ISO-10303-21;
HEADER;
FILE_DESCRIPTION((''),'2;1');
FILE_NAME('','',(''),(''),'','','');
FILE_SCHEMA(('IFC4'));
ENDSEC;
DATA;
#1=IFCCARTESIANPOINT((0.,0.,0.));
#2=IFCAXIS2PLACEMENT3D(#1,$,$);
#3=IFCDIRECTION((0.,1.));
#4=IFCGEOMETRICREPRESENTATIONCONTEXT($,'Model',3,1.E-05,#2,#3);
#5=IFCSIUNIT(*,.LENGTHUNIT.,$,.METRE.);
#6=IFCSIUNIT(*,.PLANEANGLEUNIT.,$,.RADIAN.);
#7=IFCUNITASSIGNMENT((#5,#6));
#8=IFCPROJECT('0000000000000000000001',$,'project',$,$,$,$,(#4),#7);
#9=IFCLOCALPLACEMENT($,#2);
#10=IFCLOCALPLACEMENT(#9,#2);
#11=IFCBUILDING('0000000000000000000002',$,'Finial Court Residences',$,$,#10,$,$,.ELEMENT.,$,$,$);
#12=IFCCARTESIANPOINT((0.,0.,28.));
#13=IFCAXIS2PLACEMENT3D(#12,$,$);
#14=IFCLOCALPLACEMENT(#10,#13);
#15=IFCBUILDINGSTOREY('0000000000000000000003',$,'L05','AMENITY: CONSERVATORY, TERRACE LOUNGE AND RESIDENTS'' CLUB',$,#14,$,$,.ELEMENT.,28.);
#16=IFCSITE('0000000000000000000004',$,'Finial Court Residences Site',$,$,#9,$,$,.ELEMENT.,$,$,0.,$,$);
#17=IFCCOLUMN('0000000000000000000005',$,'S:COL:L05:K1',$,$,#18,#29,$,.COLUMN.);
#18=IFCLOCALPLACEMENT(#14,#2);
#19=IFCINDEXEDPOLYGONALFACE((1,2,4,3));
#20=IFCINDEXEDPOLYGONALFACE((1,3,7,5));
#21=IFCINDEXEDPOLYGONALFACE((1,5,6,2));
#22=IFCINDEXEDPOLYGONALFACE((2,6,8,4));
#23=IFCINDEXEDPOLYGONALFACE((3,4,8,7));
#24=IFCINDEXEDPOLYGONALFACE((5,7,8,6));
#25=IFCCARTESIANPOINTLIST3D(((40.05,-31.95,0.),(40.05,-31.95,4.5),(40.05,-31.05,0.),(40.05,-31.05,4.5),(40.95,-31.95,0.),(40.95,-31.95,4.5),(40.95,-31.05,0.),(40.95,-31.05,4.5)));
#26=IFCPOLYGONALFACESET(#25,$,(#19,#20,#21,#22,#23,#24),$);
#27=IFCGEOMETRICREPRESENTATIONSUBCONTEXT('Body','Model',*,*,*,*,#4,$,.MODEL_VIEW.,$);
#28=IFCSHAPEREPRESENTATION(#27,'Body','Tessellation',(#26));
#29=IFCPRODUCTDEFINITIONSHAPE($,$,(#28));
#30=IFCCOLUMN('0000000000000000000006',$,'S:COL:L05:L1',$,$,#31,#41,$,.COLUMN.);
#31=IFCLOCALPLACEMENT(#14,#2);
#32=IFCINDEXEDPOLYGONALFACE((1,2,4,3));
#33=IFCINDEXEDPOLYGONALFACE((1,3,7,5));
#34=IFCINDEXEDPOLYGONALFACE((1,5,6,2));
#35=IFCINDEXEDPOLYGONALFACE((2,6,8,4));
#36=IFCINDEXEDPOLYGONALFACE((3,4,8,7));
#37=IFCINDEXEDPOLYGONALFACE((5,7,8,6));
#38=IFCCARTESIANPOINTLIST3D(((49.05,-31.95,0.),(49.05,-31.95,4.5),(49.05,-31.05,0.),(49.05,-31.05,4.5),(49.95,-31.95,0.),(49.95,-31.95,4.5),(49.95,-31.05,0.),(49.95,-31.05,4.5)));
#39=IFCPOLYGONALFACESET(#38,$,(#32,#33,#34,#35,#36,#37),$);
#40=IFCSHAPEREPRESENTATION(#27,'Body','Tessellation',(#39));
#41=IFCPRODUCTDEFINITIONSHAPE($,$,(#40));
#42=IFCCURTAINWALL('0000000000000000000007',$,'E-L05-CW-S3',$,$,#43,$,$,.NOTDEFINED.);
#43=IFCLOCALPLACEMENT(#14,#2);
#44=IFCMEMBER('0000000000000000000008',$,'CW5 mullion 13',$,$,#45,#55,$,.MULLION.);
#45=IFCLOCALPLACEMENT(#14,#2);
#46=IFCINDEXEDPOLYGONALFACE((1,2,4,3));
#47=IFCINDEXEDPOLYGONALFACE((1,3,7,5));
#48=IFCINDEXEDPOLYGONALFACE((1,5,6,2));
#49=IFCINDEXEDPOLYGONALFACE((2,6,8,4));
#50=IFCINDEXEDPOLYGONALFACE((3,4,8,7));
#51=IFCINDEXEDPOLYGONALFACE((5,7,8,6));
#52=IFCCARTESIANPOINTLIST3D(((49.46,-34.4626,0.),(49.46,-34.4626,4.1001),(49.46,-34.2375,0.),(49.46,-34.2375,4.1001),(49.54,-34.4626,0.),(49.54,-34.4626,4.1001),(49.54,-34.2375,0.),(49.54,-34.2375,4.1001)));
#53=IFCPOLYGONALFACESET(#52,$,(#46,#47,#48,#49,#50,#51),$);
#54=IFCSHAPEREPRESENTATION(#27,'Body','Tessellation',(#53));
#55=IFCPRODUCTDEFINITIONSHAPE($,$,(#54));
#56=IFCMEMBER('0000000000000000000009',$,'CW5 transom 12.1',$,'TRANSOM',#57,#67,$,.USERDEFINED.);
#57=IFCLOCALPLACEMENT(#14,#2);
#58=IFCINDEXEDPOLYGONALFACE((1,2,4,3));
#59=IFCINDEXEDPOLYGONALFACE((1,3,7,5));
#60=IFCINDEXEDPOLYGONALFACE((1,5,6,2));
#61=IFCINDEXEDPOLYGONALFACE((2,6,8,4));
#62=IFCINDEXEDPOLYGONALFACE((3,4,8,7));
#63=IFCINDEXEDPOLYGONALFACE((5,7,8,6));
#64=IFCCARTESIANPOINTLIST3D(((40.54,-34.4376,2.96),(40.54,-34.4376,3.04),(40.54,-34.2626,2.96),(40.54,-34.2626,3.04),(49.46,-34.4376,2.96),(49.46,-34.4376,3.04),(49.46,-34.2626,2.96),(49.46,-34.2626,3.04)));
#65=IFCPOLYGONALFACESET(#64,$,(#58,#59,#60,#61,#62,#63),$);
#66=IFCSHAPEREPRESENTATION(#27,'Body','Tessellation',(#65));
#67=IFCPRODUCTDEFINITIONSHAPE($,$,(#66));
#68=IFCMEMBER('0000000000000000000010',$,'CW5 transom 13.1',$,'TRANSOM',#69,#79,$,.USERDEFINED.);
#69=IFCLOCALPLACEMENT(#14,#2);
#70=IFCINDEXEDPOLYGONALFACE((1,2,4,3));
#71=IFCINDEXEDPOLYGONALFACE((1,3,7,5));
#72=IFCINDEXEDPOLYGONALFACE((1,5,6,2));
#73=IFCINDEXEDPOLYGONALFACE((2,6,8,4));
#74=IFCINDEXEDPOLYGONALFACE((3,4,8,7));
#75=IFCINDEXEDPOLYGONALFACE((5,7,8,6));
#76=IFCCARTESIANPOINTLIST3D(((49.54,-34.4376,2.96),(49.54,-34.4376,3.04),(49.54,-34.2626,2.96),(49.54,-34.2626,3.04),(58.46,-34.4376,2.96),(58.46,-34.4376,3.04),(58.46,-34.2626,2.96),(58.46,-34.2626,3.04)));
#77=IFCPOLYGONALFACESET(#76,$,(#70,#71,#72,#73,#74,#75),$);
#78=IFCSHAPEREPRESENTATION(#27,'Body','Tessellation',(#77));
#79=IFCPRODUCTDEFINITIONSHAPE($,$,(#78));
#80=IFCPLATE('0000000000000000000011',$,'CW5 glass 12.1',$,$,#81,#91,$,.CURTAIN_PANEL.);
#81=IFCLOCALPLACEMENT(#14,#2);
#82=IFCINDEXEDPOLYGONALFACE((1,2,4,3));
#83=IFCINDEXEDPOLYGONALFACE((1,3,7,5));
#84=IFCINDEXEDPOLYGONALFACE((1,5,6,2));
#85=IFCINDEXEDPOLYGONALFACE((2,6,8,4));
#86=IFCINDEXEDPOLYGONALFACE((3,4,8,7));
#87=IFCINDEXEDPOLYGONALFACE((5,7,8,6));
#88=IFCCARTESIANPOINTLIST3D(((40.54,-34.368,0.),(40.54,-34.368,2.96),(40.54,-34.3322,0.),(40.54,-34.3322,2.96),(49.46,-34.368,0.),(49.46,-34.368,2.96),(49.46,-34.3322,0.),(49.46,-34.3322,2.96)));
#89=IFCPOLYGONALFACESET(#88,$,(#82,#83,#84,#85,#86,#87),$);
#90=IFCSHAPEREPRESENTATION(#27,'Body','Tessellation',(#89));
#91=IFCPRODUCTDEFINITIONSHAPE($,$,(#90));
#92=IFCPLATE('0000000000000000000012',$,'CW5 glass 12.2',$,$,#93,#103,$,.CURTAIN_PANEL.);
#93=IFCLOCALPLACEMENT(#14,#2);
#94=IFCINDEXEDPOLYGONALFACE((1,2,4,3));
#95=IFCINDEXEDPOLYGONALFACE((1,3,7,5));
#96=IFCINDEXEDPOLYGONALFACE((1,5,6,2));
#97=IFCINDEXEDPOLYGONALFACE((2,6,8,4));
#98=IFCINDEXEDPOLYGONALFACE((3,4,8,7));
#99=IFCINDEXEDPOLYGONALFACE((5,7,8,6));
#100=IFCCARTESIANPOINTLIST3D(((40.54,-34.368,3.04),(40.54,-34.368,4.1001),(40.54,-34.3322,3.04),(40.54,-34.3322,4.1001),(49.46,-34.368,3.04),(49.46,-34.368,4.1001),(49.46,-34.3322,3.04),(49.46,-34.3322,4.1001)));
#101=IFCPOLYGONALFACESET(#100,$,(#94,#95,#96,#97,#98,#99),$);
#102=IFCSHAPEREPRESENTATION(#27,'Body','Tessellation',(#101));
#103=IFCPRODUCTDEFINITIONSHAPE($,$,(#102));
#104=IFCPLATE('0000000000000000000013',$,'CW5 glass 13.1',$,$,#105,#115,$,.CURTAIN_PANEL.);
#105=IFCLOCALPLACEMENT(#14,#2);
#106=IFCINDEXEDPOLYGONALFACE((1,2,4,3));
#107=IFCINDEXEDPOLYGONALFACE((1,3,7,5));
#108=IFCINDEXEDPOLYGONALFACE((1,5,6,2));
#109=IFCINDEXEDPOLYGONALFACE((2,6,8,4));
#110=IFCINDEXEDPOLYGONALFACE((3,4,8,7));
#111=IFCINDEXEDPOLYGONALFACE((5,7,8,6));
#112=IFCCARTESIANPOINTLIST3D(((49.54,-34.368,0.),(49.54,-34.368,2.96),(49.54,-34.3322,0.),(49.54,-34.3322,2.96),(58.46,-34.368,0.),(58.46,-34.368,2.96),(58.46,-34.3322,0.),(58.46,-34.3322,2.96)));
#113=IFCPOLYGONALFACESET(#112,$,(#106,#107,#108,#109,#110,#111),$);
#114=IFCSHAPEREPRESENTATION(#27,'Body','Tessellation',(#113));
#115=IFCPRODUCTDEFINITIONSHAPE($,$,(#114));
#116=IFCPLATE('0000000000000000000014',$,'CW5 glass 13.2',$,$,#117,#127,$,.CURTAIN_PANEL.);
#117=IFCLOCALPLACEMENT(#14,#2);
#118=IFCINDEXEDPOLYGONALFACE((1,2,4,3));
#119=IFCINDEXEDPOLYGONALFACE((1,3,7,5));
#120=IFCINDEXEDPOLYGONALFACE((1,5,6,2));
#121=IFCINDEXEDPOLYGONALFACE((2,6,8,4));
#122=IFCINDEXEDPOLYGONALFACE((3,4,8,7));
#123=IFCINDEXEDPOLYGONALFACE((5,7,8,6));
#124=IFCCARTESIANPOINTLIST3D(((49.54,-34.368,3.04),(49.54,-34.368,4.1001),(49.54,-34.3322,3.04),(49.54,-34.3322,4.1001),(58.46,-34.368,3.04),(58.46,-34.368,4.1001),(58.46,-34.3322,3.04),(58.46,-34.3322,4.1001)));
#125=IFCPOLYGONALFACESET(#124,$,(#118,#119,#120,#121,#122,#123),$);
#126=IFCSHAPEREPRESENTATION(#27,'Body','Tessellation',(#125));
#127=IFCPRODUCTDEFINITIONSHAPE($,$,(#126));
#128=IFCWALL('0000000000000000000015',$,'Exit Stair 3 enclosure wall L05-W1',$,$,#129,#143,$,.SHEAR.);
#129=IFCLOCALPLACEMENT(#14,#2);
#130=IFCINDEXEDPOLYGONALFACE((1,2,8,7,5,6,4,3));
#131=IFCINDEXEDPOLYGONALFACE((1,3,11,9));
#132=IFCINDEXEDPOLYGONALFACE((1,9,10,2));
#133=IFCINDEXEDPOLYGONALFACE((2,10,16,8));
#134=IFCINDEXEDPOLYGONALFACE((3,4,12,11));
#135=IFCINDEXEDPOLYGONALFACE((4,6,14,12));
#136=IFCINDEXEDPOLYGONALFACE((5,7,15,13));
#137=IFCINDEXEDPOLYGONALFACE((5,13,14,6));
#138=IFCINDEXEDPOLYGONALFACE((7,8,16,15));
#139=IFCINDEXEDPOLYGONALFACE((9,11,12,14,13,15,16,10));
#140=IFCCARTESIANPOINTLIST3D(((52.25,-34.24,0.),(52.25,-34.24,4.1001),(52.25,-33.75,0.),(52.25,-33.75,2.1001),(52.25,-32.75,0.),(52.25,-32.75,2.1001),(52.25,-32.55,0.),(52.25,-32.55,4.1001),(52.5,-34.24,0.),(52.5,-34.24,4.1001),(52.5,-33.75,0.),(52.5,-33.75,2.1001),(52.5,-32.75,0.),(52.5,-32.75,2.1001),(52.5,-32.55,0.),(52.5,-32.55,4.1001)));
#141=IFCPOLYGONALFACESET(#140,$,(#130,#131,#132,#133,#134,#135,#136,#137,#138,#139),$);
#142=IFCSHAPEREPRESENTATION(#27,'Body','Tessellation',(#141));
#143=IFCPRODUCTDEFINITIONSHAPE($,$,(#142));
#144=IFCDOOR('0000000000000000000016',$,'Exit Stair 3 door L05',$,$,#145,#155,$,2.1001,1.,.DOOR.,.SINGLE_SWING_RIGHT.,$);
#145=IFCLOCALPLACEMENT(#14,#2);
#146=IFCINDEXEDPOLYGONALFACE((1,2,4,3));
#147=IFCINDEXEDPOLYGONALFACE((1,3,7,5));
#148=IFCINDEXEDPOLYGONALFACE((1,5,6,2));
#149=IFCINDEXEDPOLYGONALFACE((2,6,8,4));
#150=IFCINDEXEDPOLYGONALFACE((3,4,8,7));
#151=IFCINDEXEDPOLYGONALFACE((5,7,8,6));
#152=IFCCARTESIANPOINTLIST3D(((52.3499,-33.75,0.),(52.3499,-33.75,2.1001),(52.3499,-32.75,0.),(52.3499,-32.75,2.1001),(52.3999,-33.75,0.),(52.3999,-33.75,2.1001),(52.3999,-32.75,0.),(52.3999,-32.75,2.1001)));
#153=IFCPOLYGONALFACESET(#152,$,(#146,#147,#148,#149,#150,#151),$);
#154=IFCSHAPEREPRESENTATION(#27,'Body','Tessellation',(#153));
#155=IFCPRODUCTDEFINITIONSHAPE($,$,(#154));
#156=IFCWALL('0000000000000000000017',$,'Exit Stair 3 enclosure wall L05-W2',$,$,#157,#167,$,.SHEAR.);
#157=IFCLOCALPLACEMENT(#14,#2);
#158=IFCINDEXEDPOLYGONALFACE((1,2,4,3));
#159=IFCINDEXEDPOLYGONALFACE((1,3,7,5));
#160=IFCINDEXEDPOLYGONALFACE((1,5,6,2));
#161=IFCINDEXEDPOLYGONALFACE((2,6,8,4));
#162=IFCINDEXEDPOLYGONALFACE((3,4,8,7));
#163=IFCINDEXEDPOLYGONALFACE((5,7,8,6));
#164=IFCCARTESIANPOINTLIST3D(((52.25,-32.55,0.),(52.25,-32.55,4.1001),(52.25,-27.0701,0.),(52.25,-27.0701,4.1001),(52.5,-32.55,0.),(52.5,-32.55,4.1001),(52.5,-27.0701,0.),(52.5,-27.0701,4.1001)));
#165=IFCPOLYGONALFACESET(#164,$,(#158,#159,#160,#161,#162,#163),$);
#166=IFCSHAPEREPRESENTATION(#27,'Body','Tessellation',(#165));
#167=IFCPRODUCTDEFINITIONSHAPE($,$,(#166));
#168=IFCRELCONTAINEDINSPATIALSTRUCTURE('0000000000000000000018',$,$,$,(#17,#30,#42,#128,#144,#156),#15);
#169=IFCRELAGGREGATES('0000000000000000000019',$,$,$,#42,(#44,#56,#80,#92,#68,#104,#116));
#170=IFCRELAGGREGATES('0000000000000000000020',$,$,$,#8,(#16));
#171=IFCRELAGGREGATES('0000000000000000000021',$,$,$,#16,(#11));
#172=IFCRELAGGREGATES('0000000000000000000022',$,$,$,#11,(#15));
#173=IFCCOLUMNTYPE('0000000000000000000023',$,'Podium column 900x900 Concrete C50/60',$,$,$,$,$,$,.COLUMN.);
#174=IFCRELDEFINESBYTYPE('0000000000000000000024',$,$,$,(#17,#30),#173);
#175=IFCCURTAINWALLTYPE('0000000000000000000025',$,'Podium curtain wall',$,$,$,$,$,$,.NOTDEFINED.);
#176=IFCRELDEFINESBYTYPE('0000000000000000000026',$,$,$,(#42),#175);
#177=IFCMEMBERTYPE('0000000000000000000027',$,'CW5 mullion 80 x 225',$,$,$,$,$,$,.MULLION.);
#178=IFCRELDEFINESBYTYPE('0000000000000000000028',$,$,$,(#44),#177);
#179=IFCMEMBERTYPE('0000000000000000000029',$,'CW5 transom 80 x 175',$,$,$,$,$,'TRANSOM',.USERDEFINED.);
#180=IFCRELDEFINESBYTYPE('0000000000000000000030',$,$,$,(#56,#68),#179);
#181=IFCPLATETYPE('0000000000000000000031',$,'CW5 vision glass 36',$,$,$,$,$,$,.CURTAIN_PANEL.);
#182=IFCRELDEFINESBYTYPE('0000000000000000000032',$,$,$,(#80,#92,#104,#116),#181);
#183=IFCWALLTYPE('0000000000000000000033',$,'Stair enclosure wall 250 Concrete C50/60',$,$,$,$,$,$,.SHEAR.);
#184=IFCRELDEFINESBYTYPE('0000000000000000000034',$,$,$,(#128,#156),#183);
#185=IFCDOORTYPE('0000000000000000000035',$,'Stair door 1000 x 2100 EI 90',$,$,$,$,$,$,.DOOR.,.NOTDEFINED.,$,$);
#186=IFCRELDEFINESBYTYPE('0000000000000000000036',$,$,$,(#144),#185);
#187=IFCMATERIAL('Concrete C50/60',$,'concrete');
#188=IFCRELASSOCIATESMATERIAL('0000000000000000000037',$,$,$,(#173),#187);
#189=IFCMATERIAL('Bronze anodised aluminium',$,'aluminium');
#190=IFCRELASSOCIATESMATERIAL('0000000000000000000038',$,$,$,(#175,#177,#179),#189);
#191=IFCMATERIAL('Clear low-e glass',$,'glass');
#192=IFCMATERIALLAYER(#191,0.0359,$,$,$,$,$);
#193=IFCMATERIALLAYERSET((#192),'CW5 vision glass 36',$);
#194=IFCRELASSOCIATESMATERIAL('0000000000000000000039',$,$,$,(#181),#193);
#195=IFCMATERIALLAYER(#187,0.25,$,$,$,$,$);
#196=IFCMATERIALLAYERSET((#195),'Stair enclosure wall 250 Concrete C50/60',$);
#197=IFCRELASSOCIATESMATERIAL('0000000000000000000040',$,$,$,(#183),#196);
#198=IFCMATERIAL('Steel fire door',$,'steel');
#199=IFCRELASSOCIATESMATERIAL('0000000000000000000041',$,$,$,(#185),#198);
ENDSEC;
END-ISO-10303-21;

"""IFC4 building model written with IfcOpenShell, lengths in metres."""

from ifc_helpers import new_model, si_unit, direction, frame, frame_2d, origin, origin_2d, place, context, subcontext, project, spatial, rectangle, extrude, material, layer, layer_set, material_profile, profile_set, type_object, element, fill, aggregate, save


model = new_model("IFC4")

# Units and contexts
model_context = context("Model", 3, precision=1e-05, world=origin(), true_north=direction((0.0, 1.0)))
body_context = subcontext(model_context, "Body", "Model", "MODEL_VIEW")
ifc_project = project(units=[si_unit("LENGTHUNIT", "METRE"), si_unit("PLANEANGLEUNIT", "RADIAN")], contexts=[model_context])

# Site, building, storey
site_placement = place(None, origin())
site = spatial("IfcSite", under=ifc_project, at=site_placement, Name="Finial Court Residences Site", CompositionType="ELEMENT", RefElevation=0.0)
building_placement = place(site_placement, origin())
building = spatial("IfcBuilding", under=site, at=building_placement, Name="Finial Court Residences", CompositionType="ELEMENT")
storey_placement = place(building_placement, frame((0.0, 0.0, 28.0)))
storey = spatial("IfcBuildingStorey", under=building, at=storey_placement, Name="L05", Description="AMENITY: CONSERVATORY, TERRACE LOUNGE AND RESIDENTS' CLUB", CompositionType="ELEMENT", Elevation=28.0)

# Columns
ifc_material_1 = material(Name="Concrete C50/60", Category="concrete")
ifc_material_profile_1 = material_profile(ifc_material_1, rectangle(XDim=0.8999, YDim=0.8999, at=origin_2d()), Name="900x900")
ifc_profile_set_1 = profile_set([ifc_material_profile_1], Name="Concrete C50/60")
column_type = type_object("IfcColumnType", Name="Podium column 900x900 Concrete C50/60", PredefinedType="COLUMN", material=ifc_profile_set_1)
for number, where, z_axis, x_axis, name in (
    (1, (40.5, -31.5, 0.0), (0.0, 0.0, 1.0), (1.0, 0.0, 0.0), "S:COL:L05:K1"),
    (2, (49.5, -31.5, 0.0), (0.0, 0.0, 1.0), (1.0, 0.0, 0.0), "S:COL:L05:L1"),
):
    element("IfcColumn", number, at=place(storey_placement, frame(where, z_axis=z_axis, x_axis=x_axis)), inside=storey, type_object=column_type, Name=name, PredefinedType="COLUMN", context=body_context, shape_type="SweptSolid", body=[
        extrude(rectangle(XDim=0.8999, YDim=0.8999, at=origin_2d()), origin(), (0.0, 0.0, 1.0), 4.5),
    ])

# Curtain wall, members, plates
ifc_material_2 = material(Name="Bronze anodised aluminium", Category="aluminium")
curtain_wall_type = type_object("IfcCurtainWallType", Name="Podium curtain wall", PredefinedType="NOTDEFINED", material=ifc_material_2)
curtain_wall_placement = place(storey_placement, origin())
curtain_wall = element("IfcCurtainWall", 3, at=curtain_wall_placement, inside=storey, type_object=curtain_wall_type, Name="E-L05-CW-S3", PredefinedType="NOTDEFINED")
ifc_material_profile_2 = material_profile(ifc_material_2, rectangle(XDim=0.2251, YDim=0.0801, at=origin_2d()), Name="CW5 mullion 80 x 225")
ifc_profile_set_2 = profile_set([ifc_material_profile_2], Name="Bronze anodised aluminium")
member_type_1 = type_object("IfcMemberType", Name="CW5 mullion 80 x 225", PredefinedType="MULLION", material=ifc_profile_set_2)
member_1_placement = place(storey_placement, frame((49.5, -34.3501, 0.0), z_axis=(0.0, 0.0, 1.0), x_axis=(0.0, 1.0, 0.0)))
member_1 = element("IfcMember", 4, at=member_1_placement, type_object=member_type_1, Name="CW5 mullion 13", PredefinedType="MULLION", context=body_context, shape_type="SweptSolid", body=[
    extrude(rectangle(XDim=0.2251, YDim=0.0801, at=origin_2d()), origin(), (0.0, 0.0, 1.0), 4.1001),
])
ifc_material_profile_3 = material_profile(ifc_material_2, rectangle(XDim=0.175, YDim=0.0801, at=origin_2d()), Name="CW5 transom 80 x 175")
ifc_profile_set_3 = profile_set([ifc_material_profile_3], Name="Bronze anodised aluminium")
member_type_2 = type_object("IfcMemberType", Name="CW5 transom 80 x 175", ElementType="TRANSOM", PredefinedType="USERDEFINED", material=ifc_profile_set_3)
member_2_placement = place(storey_placement, frame((40.54, -34.3501, 3.0), z_axis=(1.0, 0.0, 0.0), x_axis=(0.0, 1.0, 0.0)))
member_2 = element("IfcMember", 5, at=member_2_placement, type_object=member_type_2, Name="CW5 transom 12.1", ObjectType="TRANSOM", PredefinedType="USERDEFINED", context=body_context, shape_type="SweptSolid", body=[
    extrude(rectangle(XDim=0.175, YDim=0.0801, at=origin_2d()), origin(), (0.0, 0.0, 1.0), 8.9199),
])
member_3_placement = place(storey_placement, frame((49.54, -34.3501, 3.0), z_axis=(1.0, 0.0, 0.0), x_axis=(0.0, 1.0, 0.0)))
member_3 = element("IfcMember", 6, at=member_3_placement, type_object=member_type_2, Name="CW5 transom 13.1", ObjectType="TRANSOM", PredefinedType="USERDEFINED", context=body_context, shape_type="SweptSolid", body=[
    extrude(rectangle(XDim=0.175, YDim=0.0801, at=origin_2d()), origin(), (0.0, 0.0, 1.0), 8.9199),
])
ifc_material_3 = material(Name="Clear low-e glass", Category="glass")
ifc_layer_1 = layer(ifc_material_3, 0.0359)
ifc_layer_set_1 = layer_set([ifc_layer_1], Name="CW5 vision glass 36")
plate_type = type_object("IfcPlateType", Name="CW5 vision glass 36", PredefinedType="CURTAIN_PANEL", material=ifc_layer_set_1)
plate_1_placement = place(storey_placement, frame((45.0, -34.3501, 0.0), z_axis=(0.0, 0.0, 1.0), x_axis=(1.0, 0.0, 0.0)))
plate_1 = element("IfcPlate", 7, at=plate_1_placement, type_object=plate_type, Name="CW5 glass 12.1", PredefinedType="CURTAIN_PANEL", context=body_context, shape_type="SweptSolid", body=[
    extrude(rectangle(XDim=8.9199, YDim=0.0359, at=origin_2d()), origin(), (0.0, 0.0, 1.0), 2.96),
])
plate_2_placement = place(storey_placement, frame((45.0, -34.3501, 3.04), z_axis=(0.0, 0.0, 1.0), x_axis=(1.0, 0.0, 0.0)))
plate_2 = element("IfcPlate", 8, at=plate_2_placement, type_object=plate_type, Name="CW5 glass 12.2", PredefinedType="CURTAIN_PANEL", context=body_context, shape_type="SweptSolid", body=[
    extrude(rectangle(XDim=8.9199, YDim=0.0359, at=origin_2d()), origin(), (0.0, 0.0, 1.0), 1.0601),
])
plate_3_placement = place(storey_placement, frame((54.0, -34.3501, 0.0), z_axis=(0.0, 0.0, 1.0), x_axis=(1.0, 0.0, 0.0)))
plate_3 = element("IfcPlate", 9, at=plate_3_placement, type_object=plate_type, Name="CW5 glass 13.1", PredefinedType="CURTAIN_PANEL", context=body_context, shape_type="SweptSolid", body=[
    extrude(rectangle(XDim=8.9199, YDim=0.0359, at=origin_2d()), origin(), (0.0, 0.0, 1.0), 2.96),
])
plate_4_placement = place(storey_placement, frame((54.0, -34.3501, 3.04), z_axis=(0.0, 0.0, 1.0), x_axis=(1.0, 0.0, 0.0)))
plate_4 = element("IfcPlate", 10, at=plate_4_placement, type_object=plate_type, Name="CW5 glass 13.2", PredefinedType="CURTAIN_PANEL", context=body_context, shape_type="SweptSolid", body=[
    extrude(rectangle(XDim=8.9199, YDim=0.0359, at=origin_2d()), origin(), (0.0, 0.0, 1.0), 1.0601),
])
aggregate(curtain_wall, [member_1, member_2, plate_1, plate_2, member_3, plate_3, plate_4])

# Wall, opening, door
ifc_layer_2 = layer(ifc_material_1, 0.25)
ifc_layer_set_2 = layer_set([ifc_layer_2], Name="Stair enclosure wall 250 Concrete C50/60")
wall_type = type_object("IfcWallType", Name="Stair enclosure wall 250 Concrete C50/60", PredefinedType="SHEAR", material=ifc_layer_set_2)
wall_1_placement = place(storey_placement, frame((52.375, -32.55, 0.0), z_axis=(0.0, 0.0, 1.0), x_axis=(0.0, -1.0, 0.0)))
wall_1 = element("IfcWall", 11, at=wall_1_placement, inside=storey, type_object=wall_type, Name="Exit Stair 3 enclosure wall L05-W1", PredefinedType="SHEAR", context=body_context, shape_type="SweptSolid", body=[
    extrude(rectangle(XDim=1.6899, YDim=0.25, at=frame_2d((0.845, 0.0))), origin(), (0.0, 0.0, 1.0), 4.1001),
])
opening_placement = place(wall_1_placement, frame((0.2, 0.0, 0.0)))
opening = element("IfcOpeningElement", 12, at=opening_placement, cuts=wall_1, PredefinedType="OPENING", context=body_context, shape_type="SweptSolid", body=[
    extrude(rectangle(XDim=1.0, YDim=2.1001, at=frame_2d((0.5, 1.05))), frame((0.0, 0.135, 0.0), z_axis=(0.0, -1.0, 0.0), x_axis=(1.0, 0.0, 0.0)), (0.0, 0.0, 1.0), 0.27),
])
ifc_material_4 = material(Name="Steel fire door", Category="steel")
door_type = type_object("IfcDoorType", Name="Stair door 1000 x 2100 EI 90", OperationType="NOTDEFINED", PredefinedType="DOOR", material=ifc_material_4)
door_placement = place(opening_placement, origin())
door = element("IfcDoor", 13, at=door_placement, inside=storey, type_object=door_type, Name="Exit Stair 3 door L05", OperationType="SINGLE_SWING_RIGHT", OverallHeight=2.1001, OverallWidth=1.0, PredefinedType="DOOR", context=body_context, shape_type="SweptSolid", body=[
    extrude(rectangle(XDim=1.0, YDim=2.1001, at=frame_2d((0.5, 1.05))), frame((0.0, 0.0249, 0.0), z_axis=(0.0, -1.0, 0.0), x_axis=(1.0, 0.0, 0.0)), (0.0, 0.0, 1.0), 0.05),
])
fill(opening, door)

# Wall
wall_2_placement = place(storey_placement, frame((52.375, -32.55, 0.0), z_axis=(0.0, 0.0, 1.0), x_axis=(0.0, 1.0, 0.0)))
element("IfcWall", 14, at=wall_2_placement, inside=storey, type_object=wall_type, Name="Exit Stair 3 enclosure wall L05-W2", PredefinedType="SHEAR", context=body_context, shape_type="SweptSolid", body=[
    extrude(rectangle(XDim=5.48, YDim=0.25, at=frame_2d((2.74, 0.0))), origin(), (0.0, 0.0, 1.0), 4.1001),
])

save(model, "model.ifc")
